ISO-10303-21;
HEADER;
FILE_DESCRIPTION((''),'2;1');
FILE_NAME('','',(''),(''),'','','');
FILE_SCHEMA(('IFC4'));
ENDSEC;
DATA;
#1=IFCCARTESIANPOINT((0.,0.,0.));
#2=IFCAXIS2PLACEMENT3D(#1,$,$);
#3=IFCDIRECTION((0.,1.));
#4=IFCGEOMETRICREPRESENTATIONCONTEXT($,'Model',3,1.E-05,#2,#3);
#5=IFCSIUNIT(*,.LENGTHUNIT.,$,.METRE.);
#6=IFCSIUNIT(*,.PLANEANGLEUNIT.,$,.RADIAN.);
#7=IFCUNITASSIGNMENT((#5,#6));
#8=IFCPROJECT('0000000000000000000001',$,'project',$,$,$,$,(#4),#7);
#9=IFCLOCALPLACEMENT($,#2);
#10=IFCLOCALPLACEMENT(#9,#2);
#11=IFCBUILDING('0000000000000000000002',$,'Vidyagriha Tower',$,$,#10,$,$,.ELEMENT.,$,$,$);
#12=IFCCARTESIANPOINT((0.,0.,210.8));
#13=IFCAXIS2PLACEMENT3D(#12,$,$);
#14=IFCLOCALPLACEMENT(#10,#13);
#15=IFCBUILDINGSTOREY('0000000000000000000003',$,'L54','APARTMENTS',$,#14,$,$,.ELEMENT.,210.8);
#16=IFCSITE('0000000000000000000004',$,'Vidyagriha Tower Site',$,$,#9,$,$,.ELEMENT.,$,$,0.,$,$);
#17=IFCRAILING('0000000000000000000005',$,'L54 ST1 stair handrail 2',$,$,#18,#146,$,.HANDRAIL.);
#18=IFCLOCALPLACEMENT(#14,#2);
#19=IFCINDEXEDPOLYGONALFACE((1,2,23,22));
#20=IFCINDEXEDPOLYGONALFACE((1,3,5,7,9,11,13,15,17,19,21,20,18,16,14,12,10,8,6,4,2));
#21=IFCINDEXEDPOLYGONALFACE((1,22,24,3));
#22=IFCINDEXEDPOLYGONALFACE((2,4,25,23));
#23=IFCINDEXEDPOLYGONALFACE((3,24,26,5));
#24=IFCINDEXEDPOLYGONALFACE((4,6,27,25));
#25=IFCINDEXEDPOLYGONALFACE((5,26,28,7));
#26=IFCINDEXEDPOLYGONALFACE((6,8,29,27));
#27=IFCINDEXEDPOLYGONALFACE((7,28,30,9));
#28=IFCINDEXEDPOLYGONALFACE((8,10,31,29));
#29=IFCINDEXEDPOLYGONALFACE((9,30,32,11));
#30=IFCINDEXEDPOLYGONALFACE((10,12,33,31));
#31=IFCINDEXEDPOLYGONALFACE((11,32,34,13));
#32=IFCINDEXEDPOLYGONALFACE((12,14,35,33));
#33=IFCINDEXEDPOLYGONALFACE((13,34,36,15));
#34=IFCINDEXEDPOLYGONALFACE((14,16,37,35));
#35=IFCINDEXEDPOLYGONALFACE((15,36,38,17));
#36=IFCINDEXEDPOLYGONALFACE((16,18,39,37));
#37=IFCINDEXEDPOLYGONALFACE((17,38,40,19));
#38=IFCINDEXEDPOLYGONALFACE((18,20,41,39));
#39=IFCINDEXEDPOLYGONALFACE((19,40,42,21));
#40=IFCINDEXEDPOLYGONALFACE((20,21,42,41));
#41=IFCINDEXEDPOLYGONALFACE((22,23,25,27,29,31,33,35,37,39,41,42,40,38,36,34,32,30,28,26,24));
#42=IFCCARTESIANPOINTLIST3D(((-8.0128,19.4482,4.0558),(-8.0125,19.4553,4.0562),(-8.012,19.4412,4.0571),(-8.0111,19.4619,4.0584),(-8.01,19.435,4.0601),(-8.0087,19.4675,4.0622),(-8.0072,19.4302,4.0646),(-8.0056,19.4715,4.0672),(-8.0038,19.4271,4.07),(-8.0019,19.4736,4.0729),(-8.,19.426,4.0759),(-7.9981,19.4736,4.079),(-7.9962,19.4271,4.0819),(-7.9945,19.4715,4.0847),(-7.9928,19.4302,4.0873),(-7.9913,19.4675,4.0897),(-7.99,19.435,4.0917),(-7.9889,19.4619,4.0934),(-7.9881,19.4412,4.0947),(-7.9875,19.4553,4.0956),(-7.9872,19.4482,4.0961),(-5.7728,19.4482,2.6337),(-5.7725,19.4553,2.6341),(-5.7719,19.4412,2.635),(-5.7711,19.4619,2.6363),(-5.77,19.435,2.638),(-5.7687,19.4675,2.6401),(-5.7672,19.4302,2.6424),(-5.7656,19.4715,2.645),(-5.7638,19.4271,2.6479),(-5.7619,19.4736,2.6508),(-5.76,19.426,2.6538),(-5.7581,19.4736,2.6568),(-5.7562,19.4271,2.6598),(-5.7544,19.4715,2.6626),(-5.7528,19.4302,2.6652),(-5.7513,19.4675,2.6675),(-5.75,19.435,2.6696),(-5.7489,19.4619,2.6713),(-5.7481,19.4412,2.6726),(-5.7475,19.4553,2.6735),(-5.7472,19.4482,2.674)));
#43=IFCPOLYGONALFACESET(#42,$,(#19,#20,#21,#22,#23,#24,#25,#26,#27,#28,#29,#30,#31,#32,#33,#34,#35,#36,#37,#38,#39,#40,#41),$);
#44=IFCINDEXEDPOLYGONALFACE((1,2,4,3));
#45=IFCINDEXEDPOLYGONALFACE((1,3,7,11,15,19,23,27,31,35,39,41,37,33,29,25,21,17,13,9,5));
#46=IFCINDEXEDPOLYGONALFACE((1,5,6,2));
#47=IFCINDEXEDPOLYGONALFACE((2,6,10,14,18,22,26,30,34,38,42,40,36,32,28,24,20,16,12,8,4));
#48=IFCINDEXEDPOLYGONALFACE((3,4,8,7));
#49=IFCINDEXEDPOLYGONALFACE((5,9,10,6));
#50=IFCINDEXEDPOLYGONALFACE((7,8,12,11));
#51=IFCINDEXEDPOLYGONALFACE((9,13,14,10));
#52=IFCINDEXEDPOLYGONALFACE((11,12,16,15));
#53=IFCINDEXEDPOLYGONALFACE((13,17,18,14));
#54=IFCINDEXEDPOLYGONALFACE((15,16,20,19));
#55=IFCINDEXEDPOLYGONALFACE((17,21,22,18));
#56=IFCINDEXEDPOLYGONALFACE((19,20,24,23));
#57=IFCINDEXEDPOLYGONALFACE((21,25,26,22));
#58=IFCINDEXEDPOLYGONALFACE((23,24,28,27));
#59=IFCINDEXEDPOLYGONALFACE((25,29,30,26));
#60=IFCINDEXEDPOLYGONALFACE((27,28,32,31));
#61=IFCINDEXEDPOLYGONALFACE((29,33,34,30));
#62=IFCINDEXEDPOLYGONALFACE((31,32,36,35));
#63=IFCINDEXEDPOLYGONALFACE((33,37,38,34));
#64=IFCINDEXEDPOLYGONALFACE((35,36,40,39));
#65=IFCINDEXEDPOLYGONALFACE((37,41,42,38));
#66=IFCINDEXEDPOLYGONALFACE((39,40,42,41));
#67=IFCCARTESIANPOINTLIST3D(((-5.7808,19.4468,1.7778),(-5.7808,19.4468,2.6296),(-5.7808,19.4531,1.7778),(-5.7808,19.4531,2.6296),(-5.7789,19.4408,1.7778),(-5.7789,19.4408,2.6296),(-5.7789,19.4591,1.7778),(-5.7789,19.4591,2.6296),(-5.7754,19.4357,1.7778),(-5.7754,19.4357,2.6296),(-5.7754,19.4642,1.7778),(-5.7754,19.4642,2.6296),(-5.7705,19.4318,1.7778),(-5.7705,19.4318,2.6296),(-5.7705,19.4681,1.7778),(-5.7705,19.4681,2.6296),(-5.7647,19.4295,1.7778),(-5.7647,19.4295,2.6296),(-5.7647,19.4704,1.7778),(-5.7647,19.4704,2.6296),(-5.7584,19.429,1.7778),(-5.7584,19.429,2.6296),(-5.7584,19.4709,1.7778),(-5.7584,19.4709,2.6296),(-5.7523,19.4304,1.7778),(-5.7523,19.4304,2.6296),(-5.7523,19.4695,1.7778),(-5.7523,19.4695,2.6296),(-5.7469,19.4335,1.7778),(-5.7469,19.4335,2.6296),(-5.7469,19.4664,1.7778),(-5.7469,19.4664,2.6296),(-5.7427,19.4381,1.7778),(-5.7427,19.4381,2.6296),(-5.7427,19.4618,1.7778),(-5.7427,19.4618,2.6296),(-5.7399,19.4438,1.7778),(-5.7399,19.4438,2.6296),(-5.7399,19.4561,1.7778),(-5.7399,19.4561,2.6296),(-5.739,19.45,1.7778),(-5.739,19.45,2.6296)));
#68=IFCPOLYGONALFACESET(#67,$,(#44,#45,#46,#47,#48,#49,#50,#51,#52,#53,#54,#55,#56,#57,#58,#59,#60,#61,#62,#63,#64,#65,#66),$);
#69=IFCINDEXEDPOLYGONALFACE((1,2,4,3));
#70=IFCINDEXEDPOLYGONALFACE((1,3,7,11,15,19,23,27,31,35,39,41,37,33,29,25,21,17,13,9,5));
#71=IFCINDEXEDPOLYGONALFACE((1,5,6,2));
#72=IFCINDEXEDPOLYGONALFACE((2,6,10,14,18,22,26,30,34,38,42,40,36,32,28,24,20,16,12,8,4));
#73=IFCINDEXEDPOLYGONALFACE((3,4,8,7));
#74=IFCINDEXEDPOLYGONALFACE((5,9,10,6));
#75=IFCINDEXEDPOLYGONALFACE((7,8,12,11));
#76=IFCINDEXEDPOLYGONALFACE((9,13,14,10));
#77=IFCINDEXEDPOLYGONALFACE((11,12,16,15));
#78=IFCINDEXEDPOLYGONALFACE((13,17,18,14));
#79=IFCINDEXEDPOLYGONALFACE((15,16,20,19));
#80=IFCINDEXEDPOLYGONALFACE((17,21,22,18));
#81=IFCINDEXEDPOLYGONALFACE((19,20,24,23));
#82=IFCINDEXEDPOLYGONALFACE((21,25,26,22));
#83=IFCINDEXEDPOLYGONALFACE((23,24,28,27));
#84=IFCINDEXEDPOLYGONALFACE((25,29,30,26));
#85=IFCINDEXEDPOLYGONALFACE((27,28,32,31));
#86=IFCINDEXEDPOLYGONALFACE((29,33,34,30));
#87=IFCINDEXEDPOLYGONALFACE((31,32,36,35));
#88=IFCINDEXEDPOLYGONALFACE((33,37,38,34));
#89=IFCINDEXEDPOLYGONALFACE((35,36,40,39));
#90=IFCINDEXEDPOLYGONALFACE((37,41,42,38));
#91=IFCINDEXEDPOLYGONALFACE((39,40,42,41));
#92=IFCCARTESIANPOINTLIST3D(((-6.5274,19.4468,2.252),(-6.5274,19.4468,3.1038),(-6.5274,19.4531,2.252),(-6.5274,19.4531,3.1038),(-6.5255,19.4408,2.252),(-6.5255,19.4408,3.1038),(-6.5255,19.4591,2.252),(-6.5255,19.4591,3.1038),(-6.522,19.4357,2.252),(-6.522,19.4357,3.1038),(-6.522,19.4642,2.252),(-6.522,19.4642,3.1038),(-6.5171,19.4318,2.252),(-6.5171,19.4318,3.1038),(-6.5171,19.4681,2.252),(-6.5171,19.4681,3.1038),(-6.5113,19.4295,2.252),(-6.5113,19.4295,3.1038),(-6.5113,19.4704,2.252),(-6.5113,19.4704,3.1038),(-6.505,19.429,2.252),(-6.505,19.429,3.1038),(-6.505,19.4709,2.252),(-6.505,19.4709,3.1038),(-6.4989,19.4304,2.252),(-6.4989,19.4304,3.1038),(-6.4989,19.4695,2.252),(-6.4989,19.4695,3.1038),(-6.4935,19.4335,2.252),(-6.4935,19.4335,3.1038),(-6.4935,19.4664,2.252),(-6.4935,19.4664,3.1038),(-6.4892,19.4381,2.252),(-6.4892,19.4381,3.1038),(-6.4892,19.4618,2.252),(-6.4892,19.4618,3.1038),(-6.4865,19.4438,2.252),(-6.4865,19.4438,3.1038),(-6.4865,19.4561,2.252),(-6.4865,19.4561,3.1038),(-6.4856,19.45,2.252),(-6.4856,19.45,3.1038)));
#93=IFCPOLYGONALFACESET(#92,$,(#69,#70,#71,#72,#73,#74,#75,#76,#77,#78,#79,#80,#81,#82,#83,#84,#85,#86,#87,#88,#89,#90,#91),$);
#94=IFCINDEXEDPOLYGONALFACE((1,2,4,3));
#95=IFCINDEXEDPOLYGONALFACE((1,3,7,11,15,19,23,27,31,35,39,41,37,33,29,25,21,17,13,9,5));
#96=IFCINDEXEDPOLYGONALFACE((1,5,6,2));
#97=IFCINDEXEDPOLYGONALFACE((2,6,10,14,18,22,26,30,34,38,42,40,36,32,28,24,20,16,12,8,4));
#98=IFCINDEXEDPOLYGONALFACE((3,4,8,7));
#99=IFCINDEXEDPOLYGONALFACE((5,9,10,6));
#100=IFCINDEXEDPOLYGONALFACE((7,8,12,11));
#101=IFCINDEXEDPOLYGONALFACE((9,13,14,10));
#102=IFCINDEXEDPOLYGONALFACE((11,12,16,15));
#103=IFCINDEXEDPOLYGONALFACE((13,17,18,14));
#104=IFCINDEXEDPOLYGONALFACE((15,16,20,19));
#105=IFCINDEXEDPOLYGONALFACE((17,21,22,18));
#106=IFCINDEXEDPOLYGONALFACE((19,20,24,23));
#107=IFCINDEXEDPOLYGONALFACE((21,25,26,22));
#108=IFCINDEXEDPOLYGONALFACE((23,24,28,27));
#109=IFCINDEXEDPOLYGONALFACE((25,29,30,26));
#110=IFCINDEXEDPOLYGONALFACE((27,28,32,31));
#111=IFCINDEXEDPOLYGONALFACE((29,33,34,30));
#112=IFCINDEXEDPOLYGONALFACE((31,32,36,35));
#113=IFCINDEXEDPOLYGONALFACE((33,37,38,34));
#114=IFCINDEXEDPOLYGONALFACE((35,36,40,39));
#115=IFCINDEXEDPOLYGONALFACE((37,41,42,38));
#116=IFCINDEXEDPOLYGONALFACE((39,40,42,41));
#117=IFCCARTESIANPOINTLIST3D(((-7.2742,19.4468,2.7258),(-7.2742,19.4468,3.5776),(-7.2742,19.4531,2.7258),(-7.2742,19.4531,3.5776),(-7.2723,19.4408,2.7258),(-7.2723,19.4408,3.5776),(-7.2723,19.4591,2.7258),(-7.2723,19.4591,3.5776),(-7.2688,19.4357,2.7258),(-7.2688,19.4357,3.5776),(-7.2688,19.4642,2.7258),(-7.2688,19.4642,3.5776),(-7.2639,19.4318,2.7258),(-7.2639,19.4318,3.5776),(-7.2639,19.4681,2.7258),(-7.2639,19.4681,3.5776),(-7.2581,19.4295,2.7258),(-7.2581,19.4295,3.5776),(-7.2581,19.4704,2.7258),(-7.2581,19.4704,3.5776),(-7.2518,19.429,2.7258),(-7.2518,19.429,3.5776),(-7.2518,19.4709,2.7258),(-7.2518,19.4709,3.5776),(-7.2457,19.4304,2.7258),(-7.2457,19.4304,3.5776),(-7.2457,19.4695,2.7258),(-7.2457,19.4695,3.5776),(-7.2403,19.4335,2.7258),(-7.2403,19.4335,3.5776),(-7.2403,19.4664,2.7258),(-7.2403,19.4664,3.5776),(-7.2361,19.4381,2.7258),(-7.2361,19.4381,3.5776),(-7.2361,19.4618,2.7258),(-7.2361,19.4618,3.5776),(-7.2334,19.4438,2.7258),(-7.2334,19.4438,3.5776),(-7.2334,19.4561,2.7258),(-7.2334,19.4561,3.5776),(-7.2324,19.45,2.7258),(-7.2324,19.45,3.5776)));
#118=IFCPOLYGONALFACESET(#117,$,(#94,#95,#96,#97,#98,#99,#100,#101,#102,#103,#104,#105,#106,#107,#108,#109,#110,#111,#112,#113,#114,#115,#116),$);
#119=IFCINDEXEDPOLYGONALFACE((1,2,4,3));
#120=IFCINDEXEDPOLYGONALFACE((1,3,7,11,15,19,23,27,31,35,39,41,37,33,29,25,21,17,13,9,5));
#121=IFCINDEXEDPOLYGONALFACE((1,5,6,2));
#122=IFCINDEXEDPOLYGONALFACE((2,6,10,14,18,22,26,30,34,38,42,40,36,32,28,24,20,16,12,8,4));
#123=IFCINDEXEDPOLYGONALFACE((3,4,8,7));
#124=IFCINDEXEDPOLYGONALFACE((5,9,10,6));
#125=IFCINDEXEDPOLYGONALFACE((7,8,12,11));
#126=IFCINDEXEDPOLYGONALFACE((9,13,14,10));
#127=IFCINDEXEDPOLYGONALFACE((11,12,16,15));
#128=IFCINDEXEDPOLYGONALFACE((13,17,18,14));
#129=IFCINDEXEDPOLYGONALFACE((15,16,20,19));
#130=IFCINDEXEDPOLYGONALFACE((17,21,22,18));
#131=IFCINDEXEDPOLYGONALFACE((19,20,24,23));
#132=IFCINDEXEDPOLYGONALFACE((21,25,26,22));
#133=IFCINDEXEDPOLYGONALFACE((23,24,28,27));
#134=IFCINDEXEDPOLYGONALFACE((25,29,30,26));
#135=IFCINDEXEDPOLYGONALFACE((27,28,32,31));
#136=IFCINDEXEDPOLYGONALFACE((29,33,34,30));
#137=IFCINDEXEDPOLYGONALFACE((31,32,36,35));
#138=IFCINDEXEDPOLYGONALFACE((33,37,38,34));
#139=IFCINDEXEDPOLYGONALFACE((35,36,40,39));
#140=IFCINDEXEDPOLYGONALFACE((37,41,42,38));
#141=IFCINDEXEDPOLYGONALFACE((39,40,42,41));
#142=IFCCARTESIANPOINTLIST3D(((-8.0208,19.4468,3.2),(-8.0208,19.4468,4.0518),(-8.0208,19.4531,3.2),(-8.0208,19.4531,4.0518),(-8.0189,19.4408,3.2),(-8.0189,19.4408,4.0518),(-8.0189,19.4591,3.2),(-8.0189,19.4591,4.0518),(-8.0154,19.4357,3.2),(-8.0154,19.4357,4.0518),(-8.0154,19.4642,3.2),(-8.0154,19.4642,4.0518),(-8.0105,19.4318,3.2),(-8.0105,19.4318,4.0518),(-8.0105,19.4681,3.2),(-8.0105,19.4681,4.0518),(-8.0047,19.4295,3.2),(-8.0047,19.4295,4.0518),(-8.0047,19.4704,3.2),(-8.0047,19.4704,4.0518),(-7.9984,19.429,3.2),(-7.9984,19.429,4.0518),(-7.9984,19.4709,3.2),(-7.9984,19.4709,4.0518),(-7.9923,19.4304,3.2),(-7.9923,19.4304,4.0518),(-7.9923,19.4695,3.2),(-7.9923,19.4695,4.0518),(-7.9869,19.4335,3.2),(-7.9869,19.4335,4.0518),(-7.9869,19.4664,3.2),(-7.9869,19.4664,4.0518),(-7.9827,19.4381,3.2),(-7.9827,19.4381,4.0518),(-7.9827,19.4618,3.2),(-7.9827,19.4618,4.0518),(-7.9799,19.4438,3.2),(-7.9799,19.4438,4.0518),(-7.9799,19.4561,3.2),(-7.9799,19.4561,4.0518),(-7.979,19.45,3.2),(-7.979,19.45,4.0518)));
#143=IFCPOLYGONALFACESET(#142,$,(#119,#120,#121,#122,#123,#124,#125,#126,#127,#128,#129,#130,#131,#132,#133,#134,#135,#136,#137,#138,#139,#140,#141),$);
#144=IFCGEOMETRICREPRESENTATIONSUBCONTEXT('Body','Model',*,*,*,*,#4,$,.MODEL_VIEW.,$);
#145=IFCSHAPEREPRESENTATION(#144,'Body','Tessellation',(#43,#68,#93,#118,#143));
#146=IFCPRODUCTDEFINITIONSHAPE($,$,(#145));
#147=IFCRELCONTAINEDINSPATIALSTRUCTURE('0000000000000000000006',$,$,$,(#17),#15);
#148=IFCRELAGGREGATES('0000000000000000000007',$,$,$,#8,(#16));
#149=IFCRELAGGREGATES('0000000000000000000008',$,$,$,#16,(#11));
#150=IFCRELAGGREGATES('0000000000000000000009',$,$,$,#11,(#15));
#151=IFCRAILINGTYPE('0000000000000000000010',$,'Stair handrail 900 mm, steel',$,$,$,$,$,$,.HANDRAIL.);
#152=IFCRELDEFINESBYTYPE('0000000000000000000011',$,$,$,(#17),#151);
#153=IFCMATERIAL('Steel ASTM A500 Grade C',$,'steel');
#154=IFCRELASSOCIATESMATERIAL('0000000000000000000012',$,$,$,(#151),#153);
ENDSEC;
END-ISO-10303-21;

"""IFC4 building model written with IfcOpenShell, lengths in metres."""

from ifc_helpers import new_model, si_unit, direction, frame, origin, origin_2d, place, context, subcontext, project, spatial, circle, extrude, material, type_object, element, save


model = new_model("IFC4")

# Units and contexts
model_context = context("Model", 3, precision=1e-05, world=origin(), true_north=direction((0.0, 1.0)))
body_context = subcontext(model_context, "Body", "Model", "MODEL_VIEW")
ifc_project = project(units=[si_unit("LENGTHUNIT", "METRE"), si_unit("PLANEANGLEUNIT", "RADIAN")], contexts=[model_context])

# Site, building, storey
site_placement = place(None, origin())
site = spatial("IfcSite", under=ifc_project, at=site_placement, Name="Vidyagriha Tower Site", CompositionType="ELEMENT", RefElevation=0.0)
building_placement = place(site_placement, origin())
building = spatial("IfcBuilding", under=site, at=building_placement, Name="Vidyagriha Tower", CompositionType="ELEMENT")
storey_placement = place(building_placement, frame((0.0, 0.0, 210.8)))
storey = spatial("IfcBuildingStorey", under=building, at=storey_placement, Name="L54", Description="APARTMENTS", CompositionType="ELEMENT", Elevation=210.8)

# Railing
ifc_material_1 = material(Name="Steel ASTM A500 Grade C", Category="steel")
railing_type_1 = type_object("IfcRailingType", Name="Stair handrail 900 mm, steel", PredefinedType="HANDRAIL", material=ifc_material_1)
railing_1_placement = place(storey_placement, frame((-5.76, 19.45, 1.7778)))
element("IfcRailing", 1, at=railing_1_placement, inside=storey, type_object=railing_type_1, Name="L54 ST1 stair handrail 2", PredefinedType="HANDRAIL", context=body_context, shape_type="SweptSolid", body=[
    extrude(circle(Radius=0.0239, at=origin_2d()), frame((0.0, 0.0, 0.876), z_axis=(-0.844229, 0.0, 0.535982), x_axis=(0.0, -1.0, 0.0)), (0.0, 0.0, 1.0), 2.6533),
    extrude(circle(Radius=0.021, at=origin_2d()), origin(), (0.0, 0.0, 1.0), 0.8518),
    extrude(circle(Radius=0.021, at=origin_2d()), frame((-0.7466, 0.0, 0.4741)), (0.0, 0.0, 1.0), 0.8518),
    extrude(circle(Radius=0.021, at=origin_2d()), frame((-1.4934, 0.0, 0.948)), (0.0, 0.0, 1.0), 0.8518),
    extrude(circle(Radius=0.021, at=origin_2d()), frame((-2.24, 0.0, 1.4221)), (0.0, 0.0, 1.0), 0.8518),
])

save(model, "model.ifc")
